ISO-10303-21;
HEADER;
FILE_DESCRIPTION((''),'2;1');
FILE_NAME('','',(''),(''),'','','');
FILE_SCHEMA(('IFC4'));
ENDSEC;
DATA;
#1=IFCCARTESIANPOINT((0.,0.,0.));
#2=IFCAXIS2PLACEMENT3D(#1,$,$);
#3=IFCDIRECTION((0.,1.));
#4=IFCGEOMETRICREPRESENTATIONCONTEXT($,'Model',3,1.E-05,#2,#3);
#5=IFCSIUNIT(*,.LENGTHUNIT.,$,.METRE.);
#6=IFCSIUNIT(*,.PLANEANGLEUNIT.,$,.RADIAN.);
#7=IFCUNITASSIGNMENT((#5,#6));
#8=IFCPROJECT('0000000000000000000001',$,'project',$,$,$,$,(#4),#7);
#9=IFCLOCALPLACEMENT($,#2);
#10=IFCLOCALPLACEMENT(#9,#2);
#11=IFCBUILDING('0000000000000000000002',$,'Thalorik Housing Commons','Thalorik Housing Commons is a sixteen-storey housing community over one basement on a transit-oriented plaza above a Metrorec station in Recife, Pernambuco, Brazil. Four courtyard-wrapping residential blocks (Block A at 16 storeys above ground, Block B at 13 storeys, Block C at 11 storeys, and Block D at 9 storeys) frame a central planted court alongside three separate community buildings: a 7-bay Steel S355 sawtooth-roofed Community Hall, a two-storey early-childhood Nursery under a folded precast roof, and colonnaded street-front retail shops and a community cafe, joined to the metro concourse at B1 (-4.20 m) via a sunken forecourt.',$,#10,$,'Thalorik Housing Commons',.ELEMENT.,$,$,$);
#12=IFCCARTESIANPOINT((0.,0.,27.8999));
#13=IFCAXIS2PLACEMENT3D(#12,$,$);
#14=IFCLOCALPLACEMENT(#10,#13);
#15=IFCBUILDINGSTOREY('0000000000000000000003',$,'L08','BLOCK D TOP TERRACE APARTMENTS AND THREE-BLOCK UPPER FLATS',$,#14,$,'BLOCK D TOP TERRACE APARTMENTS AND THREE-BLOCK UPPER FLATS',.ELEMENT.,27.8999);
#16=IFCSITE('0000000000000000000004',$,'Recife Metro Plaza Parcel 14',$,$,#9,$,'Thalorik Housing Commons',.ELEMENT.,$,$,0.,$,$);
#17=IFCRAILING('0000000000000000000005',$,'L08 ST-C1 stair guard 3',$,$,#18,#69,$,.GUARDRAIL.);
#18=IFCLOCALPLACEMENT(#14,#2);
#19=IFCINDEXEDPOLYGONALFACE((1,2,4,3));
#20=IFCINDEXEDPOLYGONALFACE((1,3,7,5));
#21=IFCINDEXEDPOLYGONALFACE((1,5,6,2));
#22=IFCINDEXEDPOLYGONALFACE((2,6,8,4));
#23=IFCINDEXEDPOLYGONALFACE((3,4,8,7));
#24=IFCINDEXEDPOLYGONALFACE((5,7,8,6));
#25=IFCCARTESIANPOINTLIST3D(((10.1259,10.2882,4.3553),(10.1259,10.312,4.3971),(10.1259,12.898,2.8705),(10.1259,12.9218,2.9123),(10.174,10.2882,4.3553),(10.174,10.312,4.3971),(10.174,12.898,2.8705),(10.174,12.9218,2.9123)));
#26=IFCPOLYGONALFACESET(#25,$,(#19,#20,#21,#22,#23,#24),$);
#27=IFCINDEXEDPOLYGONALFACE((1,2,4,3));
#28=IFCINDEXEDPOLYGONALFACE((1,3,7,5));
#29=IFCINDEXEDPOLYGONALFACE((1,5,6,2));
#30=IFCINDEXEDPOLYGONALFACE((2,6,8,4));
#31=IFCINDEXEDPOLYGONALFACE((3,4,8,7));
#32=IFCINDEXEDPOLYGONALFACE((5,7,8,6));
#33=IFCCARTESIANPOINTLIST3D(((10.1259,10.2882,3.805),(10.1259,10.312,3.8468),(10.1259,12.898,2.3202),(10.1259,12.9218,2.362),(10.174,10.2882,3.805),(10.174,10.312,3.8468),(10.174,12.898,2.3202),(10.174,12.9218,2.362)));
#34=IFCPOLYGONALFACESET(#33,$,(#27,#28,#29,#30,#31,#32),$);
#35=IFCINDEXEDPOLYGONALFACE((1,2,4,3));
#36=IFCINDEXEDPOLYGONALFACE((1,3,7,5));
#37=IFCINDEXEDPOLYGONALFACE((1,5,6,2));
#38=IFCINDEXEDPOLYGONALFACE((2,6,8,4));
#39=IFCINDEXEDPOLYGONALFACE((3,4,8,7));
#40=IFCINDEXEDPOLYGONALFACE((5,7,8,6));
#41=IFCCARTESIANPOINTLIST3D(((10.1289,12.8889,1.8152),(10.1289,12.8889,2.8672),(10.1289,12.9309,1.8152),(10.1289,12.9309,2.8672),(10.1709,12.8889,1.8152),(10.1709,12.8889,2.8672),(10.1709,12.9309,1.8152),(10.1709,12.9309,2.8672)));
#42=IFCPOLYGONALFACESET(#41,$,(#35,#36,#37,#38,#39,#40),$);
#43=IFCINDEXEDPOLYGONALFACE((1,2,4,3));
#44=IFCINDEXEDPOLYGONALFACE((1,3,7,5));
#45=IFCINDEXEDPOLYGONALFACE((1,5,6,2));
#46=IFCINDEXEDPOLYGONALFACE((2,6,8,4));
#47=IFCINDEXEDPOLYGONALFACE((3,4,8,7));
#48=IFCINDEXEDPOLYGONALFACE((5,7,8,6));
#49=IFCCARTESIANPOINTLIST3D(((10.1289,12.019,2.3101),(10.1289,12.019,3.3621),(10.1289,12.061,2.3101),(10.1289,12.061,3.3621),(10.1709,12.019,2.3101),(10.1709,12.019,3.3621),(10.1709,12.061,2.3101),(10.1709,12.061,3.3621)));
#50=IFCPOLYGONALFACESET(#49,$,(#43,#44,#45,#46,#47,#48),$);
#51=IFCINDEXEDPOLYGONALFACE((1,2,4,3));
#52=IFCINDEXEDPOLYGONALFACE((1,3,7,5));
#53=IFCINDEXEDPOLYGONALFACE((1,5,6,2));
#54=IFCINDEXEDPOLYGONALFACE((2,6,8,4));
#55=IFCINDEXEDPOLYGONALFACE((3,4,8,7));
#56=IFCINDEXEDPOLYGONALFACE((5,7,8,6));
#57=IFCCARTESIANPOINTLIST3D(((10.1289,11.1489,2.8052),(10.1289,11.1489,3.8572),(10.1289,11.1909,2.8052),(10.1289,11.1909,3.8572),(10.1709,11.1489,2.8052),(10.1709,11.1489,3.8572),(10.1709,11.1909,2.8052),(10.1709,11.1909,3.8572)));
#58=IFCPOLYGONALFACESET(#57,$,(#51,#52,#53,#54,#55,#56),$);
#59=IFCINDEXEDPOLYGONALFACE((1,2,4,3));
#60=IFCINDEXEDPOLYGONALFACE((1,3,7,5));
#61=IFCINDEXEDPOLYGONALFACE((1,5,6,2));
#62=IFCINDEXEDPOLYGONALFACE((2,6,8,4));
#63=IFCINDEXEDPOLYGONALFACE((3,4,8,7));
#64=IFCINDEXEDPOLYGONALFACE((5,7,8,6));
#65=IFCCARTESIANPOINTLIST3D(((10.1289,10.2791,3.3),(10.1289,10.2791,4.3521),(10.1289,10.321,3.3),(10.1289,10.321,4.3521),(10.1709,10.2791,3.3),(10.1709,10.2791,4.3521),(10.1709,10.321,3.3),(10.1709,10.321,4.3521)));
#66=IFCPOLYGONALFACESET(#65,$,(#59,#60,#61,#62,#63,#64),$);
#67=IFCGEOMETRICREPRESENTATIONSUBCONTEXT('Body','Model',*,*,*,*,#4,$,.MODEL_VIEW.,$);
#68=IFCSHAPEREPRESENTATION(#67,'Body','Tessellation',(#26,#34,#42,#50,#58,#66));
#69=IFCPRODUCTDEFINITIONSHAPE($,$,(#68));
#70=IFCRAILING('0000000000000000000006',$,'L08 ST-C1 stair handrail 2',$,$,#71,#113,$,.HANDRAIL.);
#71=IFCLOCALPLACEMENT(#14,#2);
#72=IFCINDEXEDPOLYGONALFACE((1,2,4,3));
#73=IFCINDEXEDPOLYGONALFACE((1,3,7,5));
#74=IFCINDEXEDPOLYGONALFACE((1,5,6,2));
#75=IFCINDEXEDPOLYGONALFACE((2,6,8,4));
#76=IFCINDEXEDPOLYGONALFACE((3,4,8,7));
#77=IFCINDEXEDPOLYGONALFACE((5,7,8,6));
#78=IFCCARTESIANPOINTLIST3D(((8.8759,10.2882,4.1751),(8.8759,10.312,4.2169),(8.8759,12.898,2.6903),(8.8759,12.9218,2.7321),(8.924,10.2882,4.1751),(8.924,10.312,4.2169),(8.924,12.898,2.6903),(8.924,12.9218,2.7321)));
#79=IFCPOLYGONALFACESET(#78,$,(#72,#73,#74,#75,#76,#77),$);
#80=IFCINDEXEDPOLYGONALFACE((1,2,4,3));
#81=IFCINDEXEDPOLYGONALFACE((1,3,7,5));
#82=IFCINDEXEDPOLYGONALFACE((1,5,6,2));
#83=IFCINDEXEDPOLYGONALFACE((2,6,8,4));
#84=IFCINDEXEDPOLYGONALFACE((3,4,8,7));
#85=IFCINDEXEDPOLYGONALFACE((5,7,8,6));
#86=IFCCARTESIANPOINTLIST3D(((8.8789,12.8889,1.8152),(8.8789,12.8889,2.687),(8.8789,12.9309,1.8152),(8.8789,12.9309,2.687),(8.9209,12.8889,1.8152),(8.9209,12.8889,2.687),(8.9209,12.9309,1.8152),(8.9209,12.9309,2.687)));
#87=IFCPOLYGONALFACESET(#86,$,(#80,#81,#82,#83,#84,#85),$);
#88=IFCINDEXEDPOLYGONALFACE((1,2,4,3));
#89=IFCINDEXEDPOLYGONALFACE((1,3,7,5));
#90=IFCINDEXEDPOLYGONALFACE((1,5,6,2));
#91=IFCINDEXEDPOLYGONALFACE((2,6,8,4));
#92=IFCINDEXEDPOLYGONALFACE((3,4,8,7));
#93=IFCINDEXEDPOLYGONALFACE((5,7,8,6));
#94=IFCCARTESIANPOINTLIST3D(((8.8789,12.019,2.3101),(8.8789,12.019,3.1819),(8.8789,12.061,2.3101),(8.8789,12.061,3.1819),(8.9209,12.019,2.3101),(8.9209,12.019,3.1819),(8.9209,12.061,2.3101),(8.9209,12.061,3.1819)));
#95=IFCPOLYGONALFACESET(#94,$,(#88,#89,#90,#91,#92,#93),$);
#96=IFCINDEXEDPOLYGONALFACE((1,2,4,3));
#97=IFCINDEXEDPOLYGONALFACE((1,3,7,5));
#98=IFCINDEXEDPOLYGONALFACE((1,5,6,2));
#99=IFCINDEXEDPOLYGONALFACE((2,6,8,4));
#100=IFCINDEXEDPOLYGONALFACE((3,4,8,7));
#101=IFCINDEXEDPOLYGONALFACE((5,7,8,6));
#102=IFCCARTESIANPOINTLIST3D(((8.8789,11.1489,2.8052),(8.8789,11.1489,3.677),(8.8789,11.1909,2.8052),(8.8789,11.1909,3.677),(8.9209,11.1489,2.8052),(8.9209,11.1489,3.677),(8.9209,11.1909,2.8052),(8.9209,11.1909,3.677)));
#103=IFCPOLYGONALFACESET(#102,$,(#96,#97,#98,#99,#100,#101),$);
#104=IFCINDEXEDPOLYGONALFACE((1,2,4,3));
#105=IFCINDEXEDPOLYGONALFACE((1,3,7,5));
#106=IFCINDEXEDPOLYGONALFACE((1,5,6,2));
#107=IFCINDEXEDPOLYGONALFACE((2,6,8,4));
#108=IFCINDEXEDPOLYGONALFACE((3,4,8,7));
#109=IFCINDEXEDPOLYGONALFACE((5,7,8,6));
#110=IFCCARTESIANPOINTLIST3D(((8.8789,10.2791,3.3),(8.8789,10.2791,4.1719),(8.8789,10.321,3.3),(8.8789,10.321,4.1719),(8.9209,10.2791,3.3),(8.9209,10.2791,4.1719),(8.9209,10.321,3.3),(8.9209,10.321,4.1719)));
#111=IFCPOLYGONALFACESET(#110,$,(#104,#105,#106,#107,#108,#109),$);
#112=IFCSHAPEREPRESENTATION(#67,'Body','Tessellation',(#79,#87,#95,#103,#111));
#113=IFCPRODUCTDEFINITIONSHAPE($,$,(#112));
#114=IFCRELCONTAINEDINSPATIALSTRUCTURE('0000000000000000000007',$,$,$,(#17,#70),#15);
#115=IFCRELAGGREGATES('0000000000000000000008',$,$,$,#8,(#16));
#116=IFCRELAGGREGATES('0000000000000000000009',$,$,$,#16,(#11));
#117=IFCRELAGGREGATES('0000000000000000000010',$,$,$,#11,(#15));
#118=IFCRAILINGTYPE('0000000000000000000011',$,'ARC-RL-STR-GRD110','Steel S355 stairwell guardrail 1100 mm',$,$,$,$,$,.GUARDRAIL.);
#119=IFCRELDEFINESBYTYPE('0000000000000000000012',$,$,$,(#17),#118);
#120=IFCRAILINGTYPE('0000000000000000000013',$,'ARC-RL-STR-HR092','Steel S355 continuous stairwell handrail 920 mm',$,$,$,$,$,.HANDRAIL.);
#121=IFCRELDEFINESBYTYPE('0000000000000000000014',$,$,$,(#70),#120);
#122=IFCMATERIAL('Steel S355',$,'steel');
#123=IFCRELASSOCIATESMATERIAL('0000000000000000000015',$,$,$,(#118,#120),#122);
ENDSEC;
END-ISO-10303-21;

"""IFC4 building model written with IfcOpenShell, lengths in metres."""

from ifc_helpers import new_model, si_unit, direction, frame, origin, origin_2d, place, context, subcontext, project, spatial, rectangle, extrude, material, type_object, element, save


model = new_model("IFC4")

# Units and contexts
model_context = context("Model", 3, precision=1e-05, world=origin(), true_north=direction((0.0, 1.0)))
body_context = subcontext(model_context, "Body", "Model", "MODEL_VIEW")
ifc_project = project(units=[si_unit("LENGTHUNIT", "METRE"), si_unit("PLANEANGLEUNIT", "RADIAN")], contexts=[model_context])

# Site, building, storey
site_placement = place(None, origin())
site = spatial("IfcSite", under=ifc_project, at=site_placement, Name="Recife Metro Plaza Parcel 14", LongName="Thalorik Housing Commons", CompositionType="ELEMENT", RefElevation=0.0)
building_placement = place(site_placement, origin())
building = spatial("IfcBuilding", under=site, at=building_placement, Name="Thalorik Housing Commons", Description="Thalorik Housing Commons is a sixteen-storey housing community over one basement on a transit-oriented plaza above a Metrorec station in Recife, Pernambuco, Brazil. Four courtyard-wrapping residential blocks (Block A at 16 storeys above ground, Block B at 13 storeys, Block C at 11 storeys, and Block D at 9 storeys) frame a central planted court alongside three separate community buildings: a 7-bay Steel S355 sawtooth-roofed Community Hall, a two-storey early-childhood Nursery under a folded precast roof, and colonnaded street-front retail shops and a community cafe, joined to the metro concourse at B1 (-4.20 m) via a sunken forecourt.", LongName="Thalorik Housing Commons", CompositionType="ELEMENT")
storey_placement = place(building_placement, frame((0.0, 0.0, 27.8999)))
storey = spatial("IfcBuildingStorey", under=building, at=storey_placement, Name="L08", Description="BLOCK D TOP TERRACE APARTMENTS AND THREE-BLOCK UPPER FLATS", LongName="BLOCK D TOP TERRACE APARTMENTS AND THREE-BLOCK UPPER FLATS", CompositionType="ELEMENT", Elevation=27.8999)

# Shared definitions
ifc_material_1 = material(Name="Steel S355", Category="steel")

# Railings
railing_type_1 = type_object("IfcRailingType", Name="ARC-RL-STR-GRD110", Description="Steel S355 stairwell guardrail 1100 mm", PredefinedType="GUARDRAIL", material=ifc_material_1)
railing_1_placement = place(storey_placement, frame((10.1499, 12.9099, 1.8152)))
element("IfcRailing", 1, at=railing_1_placement, inside=storey, type_object=railing_type_1, Name="L08 ST-C1 stair guard 3", PredefinedType="GUARDRAIL", context=body_context, shape_type="SweptSolid", body=[
    extrude(rectangle(XDim=0.0481, YDim=0.0481, at=origin_2d()), frame((0.0, 0.0, 1.0762), z_axis=(0.0, -0.869172, 0.494509), x_axis=(1.0, 0.0, 0.0)), (0.0, 0.0, 1.0), 3.0027),
    extrude(rectangle(XDim=0.0481, YDim=0.0481, at=origin_2d()), frame((0.0, 0.0, 0.5259), z_axis=(0.0, -0.869172, 0.494509), x_axis=(1.0, 0.0, 0.0)), (0.0, 0.0, 1.0), 3.0027),
    extrude(rectangle(XDim=0.042, YDim=0.042, at=origin_2d()), origin(), (0.0, 0.0, 1.0), 1.052),
    extrude(rectangle(XDim=0.042, YDim=0.042, at=origin_2d()), frame((0.0, -0.8699, 0.4949)), (0.0, 0.0, 1.0), 1.052),
    extrude(rectangle(XDim=0.042, YDim=0.042, at=origin_2d()), frame((0.0, -1.74, 0.99)), (0.0, 0.0, 1.0), 1.052),
    extrude(rectangle(XDim=0.042, YDim=0.042, at=origin_2d()), frame((0.0, -2.6099, 1.4849)), (0.0, 0.0, 1.0), 1.052),
])
railing_type_2 = type_object("IfcRailingType", Name="ARC-RL-STR-HR092", Description="Steel S355 continuous stairwell handrail 920 mm", PredefinedType="HANDRAIL", material=ifc_material_1)
railing_2_placement = place(storey_placement, frame((8.8999, 12.9099, 1.8152)))
element("IfcRailing", 2, at=railing_2_placement, inside=storey, type_object=railing_type_2, Name="L08 ST-C1 stair handrail 2", PredefinedType="HANDRAIL", context=body_context, shape_type="SweptSolid", body=[
    extrude(rectangle(XDim=0.0481, YDim=0.0481, at=origin_2d()), frame((0.0, 0.0, 0.896), z_axis=(0.0, -0.869172, 0.494509), x_axis=(1.0, 0.0, 0.0)), (0.0, 0.0, 1.0), 3.0027),
    extrude(rectangle(XDim=0.042, YDim=0.042, at=origin_2d()), origin(), (0.0, 0.0, 1.0), 0.8718),
    extrude(rectangle(XDim=0.042, YDim=0.042, at=origin_2d()), frame((0.0, -0.8699, 0.4949)), (0.0, 0.0, 1.0), 0.8718),
    extrude(rectangle(XDim=0.042, YDim=0.042, at=origin_2d()), frame((0.0, -1.74, 0.99)), (0.0, 0.0, 1.0), 0.8718),
    extrude(rectangle(XDim=0.042, YDim=0.042, at=origin_2d()), frame((0.0, -2.6099, 1.4849)), (0.0, 0.0, 1.0), 0.8718),
])

save(model, "model.ifc")
